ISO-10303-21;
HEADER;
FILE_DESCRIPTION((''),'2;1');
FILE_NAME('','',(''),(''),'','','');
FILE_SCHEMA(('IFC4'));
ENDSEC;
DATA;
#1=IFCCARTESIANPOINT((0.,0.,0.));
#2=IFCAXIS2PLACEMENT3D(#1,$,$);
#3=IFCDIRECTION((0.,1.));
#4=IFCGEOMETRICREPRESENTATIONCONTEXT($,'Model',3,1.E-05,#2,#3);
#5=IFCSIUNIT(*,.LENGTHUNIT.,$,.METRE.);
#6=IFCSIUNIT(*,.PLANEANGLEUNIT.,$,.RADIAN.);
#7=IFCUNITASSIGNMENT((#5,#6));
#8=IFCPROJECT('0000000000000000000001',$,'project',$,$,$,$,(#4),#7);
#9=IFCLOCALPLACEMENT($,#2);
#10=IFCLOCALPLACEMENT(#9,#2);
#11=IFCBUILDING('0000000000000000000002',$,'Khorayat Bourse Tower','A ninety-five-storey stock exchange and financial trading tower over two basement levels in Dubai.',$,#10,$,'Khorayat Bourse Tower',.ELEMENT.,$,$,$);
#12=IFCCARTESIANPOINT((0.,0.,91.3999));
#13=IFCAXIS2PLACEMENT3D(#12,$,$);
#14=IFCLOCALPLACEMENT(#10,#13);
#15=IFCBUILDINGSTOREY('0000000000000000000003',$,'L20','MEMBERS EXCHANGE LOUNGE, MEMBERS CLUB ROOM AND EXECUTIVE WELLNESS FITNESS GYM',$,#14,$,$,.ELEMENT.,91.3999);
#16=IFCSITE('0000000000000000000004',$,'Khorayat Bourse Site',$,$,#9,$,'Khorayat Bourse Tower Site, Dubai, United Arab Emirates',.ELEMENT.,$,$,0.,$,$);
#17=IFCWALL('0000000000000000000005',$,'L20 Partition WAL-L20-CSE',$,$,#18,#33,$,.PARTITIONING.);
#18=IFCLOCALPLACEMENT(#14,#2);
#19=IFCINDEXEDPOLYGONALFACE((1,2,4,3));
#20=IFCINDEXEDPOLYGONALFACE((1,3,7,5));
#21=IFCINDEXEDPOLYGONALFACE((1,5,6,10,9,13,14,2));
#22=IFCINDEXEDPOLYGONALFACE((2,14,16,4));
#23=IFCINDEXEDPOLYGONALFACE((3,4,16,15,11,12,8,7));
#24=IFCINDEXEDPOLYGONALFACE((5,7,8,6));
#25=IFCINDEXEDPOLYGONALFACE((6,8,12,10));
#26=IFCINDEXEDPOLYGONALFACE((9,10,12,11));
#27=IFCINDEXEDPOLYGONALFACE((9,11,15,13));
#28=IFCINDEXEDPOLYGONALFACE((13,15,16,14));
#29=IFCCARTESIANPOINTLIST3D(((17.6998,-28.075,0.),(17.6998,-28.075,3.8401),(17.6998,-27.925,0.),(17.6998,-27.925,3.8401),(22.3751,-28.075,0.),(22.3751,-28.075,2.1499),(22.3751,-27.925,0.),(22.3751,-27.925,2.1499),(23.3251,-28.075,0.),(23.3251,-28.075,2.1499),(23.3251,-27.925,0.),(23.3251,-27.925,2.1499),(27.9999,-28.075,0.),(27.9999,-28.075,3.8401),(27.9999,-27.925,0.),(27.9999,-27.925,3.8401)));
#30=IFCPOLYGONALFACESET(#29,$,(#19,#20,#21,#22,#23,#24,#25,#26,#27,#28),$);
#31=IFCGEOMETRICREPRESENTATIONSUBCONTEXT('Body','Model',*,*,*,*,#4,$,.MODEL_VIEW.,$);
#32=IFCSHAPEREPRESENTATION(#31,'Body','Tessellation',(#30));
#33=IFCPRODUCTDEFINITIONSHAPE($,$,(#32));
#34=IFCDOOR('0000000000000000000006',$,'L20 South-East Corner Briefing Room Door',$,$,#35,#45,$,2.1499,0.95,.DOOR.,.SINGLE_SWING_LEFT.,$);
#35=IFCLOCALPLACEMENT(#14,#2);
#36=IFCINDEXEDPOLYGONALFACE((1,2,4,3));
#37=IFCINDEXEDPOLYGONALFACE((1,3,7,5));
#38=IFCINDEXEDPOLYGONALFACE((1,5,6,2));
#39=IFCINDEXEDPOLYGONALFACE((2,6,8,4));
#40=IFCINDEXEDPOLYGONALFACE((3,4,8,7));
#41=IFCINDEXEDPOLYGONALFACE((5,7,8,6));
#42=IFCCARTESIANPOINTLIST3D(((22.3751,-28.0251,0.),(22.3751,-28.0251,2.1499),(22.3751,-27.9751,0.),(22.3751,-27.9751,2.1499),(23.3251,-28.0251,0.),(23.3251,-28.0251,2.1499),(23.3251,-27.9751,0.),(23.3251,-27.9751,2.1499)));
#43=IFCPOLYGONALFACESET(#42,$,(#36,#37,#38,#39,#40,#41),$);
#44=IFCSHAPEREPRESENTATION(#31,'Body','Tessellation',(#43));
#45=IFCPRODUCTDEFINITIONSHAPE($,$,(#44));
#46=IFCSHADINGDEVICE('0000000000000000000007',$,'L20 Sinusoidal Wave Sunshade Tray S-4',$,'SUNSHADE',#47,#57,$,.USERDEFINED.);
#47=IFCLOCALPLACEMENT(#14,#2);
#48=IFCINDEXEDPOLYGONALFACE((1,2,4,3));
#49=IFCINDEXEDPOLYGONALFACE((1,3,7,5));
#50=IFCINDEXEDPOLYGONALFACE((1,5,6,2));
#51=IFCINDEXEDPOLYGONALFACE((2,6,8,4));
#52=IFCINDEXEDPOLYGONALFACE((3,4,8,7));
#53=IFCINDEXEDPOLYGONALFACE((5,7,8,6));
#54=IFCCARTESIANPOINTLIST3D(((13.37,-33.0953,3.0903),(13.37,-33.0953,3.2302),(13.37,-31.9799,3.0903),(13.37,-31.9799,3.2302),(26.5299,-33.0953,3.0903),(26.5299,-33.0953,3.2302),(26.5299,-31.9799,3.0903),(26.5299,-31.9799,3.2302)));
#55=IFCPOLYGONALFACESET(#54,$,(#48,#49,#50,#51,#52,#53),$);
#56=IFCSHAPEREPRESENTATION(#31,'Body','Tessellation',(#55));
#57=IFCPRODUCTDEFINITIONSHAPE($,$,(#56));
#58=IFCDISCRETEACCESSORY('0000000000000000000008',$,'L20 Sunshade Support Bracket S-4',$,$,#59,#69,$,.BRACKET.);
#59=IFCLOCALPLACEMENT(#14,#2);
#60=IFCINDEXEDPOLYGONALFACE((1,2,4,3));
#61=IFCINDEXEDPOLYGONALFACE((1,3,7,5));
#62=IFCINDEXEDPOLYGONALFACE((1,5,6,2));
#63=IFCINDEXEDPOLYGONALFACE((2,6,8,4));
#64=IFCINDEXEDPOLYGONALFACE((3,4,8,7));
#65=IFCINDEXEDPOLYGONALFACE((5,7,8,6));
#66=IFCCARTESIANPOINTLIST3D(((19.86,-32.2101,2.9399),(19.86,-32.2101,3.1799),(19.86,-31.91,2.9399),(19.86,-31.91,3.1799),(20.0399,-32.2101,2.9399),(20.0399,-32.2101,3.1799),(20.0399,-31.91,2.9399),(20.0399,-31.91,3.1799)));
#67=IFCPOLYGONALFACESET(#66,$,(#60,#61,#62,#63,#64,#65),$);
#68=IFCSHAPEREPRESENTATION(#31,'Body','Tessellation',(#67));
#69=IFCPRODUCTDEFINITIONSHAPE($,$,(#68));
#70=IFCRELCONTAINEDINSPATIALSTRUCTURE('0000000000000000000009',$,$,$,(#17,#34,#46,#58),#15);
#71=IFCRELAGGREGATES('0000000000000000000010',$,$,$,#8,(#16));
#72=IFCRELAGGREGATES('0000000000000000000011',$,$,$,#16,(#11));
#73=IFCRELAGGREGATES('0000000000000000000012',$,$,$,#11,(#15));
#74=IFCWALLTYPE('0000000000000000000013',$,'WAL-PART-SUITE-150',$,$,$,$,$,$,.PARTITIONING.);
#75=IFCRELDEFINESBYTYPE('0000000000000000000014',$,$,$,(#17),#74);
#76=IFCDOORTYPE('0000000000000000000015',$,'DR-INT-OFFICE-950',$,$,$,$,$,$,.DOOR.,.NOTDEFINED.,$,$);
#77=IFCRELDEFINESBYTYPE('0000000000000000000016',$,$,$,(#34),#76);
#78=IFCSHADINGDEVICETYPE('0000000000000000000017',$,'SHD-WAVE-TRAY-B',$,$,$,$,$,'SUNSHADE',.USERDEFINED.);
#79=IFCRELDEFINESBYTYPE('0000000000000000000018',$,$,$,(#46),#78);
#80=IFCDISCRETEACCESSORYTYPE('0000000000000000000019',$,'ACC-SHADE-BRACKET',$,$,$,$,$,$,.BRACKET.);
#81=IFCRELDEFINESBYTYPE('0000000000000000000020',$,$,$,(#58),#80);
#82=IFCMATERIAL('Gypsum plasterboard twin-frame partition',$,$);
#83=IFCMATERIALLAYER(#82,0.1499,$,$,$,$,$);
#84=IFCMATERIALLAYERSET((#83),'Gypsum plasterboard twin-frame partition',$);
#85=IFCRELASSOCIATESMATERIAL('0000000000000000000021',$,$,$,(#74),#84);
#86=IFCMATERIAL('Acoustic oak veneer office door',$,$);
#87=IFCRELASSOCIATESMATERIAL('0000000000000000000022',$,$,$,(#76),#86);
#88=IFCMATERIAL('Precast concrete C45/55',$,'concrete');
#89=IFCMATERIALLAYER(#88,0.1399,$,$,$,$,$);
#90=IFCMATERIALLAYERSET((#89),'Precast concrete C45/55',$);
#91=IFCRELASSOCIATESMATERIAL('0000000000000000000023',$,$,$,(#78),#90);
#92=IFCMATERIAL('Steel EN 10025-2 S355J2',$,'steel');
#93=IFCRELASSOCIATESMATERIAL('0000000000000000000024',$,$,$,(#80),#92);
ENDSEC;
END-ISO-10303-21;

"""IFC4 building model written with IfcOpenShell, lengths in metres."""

from ifc_helpers import new_model, si_unit, direction, frame, frame_2d, origin, origin_2d, place, context, subcontext, project, spatial, rectangle, extrude, source, transform, mapped, material, layer, layer_set, type_object, element, fill, save


model = new_model("IFC4")

# Units and contexts
model_context = context("Model", 3, precision=1e-05, world=origin(), true_north=direction((0.0, 1.0)))
body_context = subcontext(model_context, "Body", "Model", "MODEL_VIEW")
ifc_project = project(units=[si_unit("LENGTHUNIT", "METRE"), si_unit("PLANEANGLEUNIT", "RADIAN")], contexts=[model_context])

# Site, building, storey
site_placement = place(None, origin())
site = spatial("IfcSite", under=ifc_project, at=site_placement, Name="Khorayat Bourse Site", LongName="Khorayat Bourse Tower Site, Dubai, United Arab Emirates", CompositionType="ELEMENT", RefElevation=0.0)
building_placement = place(site_placement, origin())
building = spatial("IfcBuilding", under=site, at=building_placement, Name="Khorayat Bourse Tower", Description="A ninety-five-storey stock exchange and financial trading tower over two basement levels in Dubai.", LongName="Khorayat Bourse Tower", CompositionType="ELEMENT")
storey_placement = place(building_placement, frame((0.0, 0.0, 91.3999)))
storey = spatial("IfcBuildingStorey", under=building, at=storey_placement, Name="L20", Description="MEMBERS EXCHANGE LOUNGE, MEMBERS CLUB ROOM AND EXECUTIVE WELLNESS FITNESS GYM", CompositionType="ELEMENT", Elevation=91.3999)

# Shared definitions
ifc_material_1 = material(Name="Precast concrete C45/55", Category="concrete")

# Shared definitions
ifc_material_2 = material(Name="Gypsum plasterboard twin-frame partition")
ifc_layer_1 = layer(ifc_material_2, 0.1499)
ifc_layer_set_1 = layer_set([ifc_layer_1], Name="Gypsum plasterboard twin-frame partition")
wall_type_1 = type_object("IfcWallType", Name="WAL-PART-SUITE-150", PredefinedType="PARTITIONING", material=ifc_layer_set_1)

# Shared definitions
ifc_material_3 = material(Name="Acoustic oak veneer office door")
door_type = type_object("IfcDoorType", Name="DR-INT-OFFICE-950", OperationType="NOTDEFINED", PredefinedType="DOOR", material=ifc_material_3)
shared_shape_1 = source(origin(), body_context, "Body", "SweptSolid", [
    extrude(rectangle(XDim=0.95, YDim=2.1499, at=frame_2d((0.4751, 1.075))), frame((0.0, 0.0249, 0.0), z_axis=(0.0, -1.0, 0.0), x_axis=(1.0, 0.0, 0.0)), (0.0, 0.0, 1.0), 0.05),
])

# Wall, opening, door
shared_shape_2 = source(origin(), body_context, "Body", "SweptSolid", [
    extrude(rectangle(XDim=10.3, YDim=0.1499, at=frame_2d((5.1499, 0.0))), origin(), (0.0, 0.0, 1.0), 3.8401),
])
wall_1_placement = place(storey_placement, frame((17.7, -28.0, 0.0), z_axis=(0.0, 0.0, 1.0), x_axis=(1.0, 0.0, 0.0)))
wall_1 = element("IfcWall", 1, at=wall_1_placement, inside=storey, type_object=wall_type_1, Name="L20 Partition WAL-L20-CSE", PredefinedType="PARTITIONING", context=body_context, shape_type="MappedRepresentation", body=[
    mapped(shared_shape_2, transform((0.0, 0.0, 0.0), scale=1.0)),
])
shared_shape_3 = source(origin(), body_context, "Body", "SweptSolid", [
    extrude(rectangle(XDim=0.95, YDim=2.1499, at=frame_2d((0.4751, 1.075))), frame((0.0, 0.085, 0.0), z_axis=(0.0, -1.0, 0.0), x_axis=(1.0, 0.0, 0.0)), (0.0, 0.0, 1.0), 0.1699),
])
opening_1_placement = place(wall_1_placement, frame((4.675, 0.0, 0.0)))
opening_1 = element("IfcOpeningElement", 2, at=opening_1_placement, cuts=wall_1, PredefinedType="OPENING", context=body_context, shape_type="MappedRepresentation", body=[
    mapped(shared_shape_3, transform((0.0, 0.0, 0.0), scale=1.0)),
])
door_1_placement = place(opening_1_placement, origin())
door_1 = element("IfcDoor", 3, at=door_1_placement, inside=storey, type_object=door_type, Name="L20 South-East Corner Briefing Room Door", OperationType="SINGLE_SWING_LEFT", OverallHeight=2.1499, OverallWidth=0.95, PredefinedType="DOOR", context=body_context, shape_type="MappedRepresentation", body=[
    mapped(shared_shape_1, transform((0.0, 0.0, 0.0), scale=1.0)),
])
fill(opening_1, door_1)

# Shading device
ifc_layer_2 = layer(ifc_material_1, 0.1399)
ifc_layer_set_2 = layer_set([ifc_layer_2], Name="Precast concrete C45/55")
shading_device_type = type_object("IfcShadingDeviceType", Name="SHD-WAVE-TRAY-B", ElementType="SUNSHADE", PredefinedType="USERDEFINED", material=ifc_layer_set_2)
shared_shape_4 = source(origin(), body_context, "Body", "SweptSolid", [
    extrude(rectangle(XDim=13.1599, YDim=1.1155, at=origin_2d()), origin(), (0.0, 0.0, 1.0), 0.1399),
])
shading_device_placement = place(storey_placement, frame((19.95, -32.5376, 3.0903), z_axis=(0.0, 0.0, 1.0), x_axis=(1.0, 0.0, 0.0)))
element("IfcShadingDevice", 4, at=shading_device_placement, inside=storey, type_object=shading_device_type, Name="L20 Sinusoidal Wave Sunshade Tray S-4", ObjectType="SUNSHADE", PredefinedType="USERDEFINED", context=body_context, shape_type="MappedRepresentation", body=[
    mapped(shared_shape_4, transform((0.0, 0.0, 0.0), scale=1.0)),
])

# Discrete accessory
ifc_material_4 = material(Name="Steel EN 10025-2 S355J2", Category="steel")
discrete_accessory_type = type_object("IfcDiscreteAccessoryType", Name="ACC-SHADE-BRACKET", PredefinedType="BRACKET", material=ifc_material_4)
shared_shape_5 = source(origin(), body_context, "Body", "SweptSolid", [
    extrude(rectangle(XDim=0.1799, YDim=0.3, at=origin_2d()), origin(), (0.0, 0.0, 1.0), 0.24),
])
discrete_accessory_placement = place(storey_placement, frame((19.95, -32.0601, 2.9399), z_axis=(0.0, 0.0, 1.0), x_axis=(1.0, 0.0, 0.0)))
element("IfcDiscreteAccessory", 5, at=discrete_accessory_placement, inside=storey, type_object=discrete_accessory_type, Name="L20 Sunshade Support Bracket S-4", PredefinedType="BRACKET", context=body_context, shape_type="MappedRepresentation", body=[
    mapped(shared_shape_5, transform((0.0, 0.0, 0.0), scale=1.0)),
])

save(model, "model.ifc")
